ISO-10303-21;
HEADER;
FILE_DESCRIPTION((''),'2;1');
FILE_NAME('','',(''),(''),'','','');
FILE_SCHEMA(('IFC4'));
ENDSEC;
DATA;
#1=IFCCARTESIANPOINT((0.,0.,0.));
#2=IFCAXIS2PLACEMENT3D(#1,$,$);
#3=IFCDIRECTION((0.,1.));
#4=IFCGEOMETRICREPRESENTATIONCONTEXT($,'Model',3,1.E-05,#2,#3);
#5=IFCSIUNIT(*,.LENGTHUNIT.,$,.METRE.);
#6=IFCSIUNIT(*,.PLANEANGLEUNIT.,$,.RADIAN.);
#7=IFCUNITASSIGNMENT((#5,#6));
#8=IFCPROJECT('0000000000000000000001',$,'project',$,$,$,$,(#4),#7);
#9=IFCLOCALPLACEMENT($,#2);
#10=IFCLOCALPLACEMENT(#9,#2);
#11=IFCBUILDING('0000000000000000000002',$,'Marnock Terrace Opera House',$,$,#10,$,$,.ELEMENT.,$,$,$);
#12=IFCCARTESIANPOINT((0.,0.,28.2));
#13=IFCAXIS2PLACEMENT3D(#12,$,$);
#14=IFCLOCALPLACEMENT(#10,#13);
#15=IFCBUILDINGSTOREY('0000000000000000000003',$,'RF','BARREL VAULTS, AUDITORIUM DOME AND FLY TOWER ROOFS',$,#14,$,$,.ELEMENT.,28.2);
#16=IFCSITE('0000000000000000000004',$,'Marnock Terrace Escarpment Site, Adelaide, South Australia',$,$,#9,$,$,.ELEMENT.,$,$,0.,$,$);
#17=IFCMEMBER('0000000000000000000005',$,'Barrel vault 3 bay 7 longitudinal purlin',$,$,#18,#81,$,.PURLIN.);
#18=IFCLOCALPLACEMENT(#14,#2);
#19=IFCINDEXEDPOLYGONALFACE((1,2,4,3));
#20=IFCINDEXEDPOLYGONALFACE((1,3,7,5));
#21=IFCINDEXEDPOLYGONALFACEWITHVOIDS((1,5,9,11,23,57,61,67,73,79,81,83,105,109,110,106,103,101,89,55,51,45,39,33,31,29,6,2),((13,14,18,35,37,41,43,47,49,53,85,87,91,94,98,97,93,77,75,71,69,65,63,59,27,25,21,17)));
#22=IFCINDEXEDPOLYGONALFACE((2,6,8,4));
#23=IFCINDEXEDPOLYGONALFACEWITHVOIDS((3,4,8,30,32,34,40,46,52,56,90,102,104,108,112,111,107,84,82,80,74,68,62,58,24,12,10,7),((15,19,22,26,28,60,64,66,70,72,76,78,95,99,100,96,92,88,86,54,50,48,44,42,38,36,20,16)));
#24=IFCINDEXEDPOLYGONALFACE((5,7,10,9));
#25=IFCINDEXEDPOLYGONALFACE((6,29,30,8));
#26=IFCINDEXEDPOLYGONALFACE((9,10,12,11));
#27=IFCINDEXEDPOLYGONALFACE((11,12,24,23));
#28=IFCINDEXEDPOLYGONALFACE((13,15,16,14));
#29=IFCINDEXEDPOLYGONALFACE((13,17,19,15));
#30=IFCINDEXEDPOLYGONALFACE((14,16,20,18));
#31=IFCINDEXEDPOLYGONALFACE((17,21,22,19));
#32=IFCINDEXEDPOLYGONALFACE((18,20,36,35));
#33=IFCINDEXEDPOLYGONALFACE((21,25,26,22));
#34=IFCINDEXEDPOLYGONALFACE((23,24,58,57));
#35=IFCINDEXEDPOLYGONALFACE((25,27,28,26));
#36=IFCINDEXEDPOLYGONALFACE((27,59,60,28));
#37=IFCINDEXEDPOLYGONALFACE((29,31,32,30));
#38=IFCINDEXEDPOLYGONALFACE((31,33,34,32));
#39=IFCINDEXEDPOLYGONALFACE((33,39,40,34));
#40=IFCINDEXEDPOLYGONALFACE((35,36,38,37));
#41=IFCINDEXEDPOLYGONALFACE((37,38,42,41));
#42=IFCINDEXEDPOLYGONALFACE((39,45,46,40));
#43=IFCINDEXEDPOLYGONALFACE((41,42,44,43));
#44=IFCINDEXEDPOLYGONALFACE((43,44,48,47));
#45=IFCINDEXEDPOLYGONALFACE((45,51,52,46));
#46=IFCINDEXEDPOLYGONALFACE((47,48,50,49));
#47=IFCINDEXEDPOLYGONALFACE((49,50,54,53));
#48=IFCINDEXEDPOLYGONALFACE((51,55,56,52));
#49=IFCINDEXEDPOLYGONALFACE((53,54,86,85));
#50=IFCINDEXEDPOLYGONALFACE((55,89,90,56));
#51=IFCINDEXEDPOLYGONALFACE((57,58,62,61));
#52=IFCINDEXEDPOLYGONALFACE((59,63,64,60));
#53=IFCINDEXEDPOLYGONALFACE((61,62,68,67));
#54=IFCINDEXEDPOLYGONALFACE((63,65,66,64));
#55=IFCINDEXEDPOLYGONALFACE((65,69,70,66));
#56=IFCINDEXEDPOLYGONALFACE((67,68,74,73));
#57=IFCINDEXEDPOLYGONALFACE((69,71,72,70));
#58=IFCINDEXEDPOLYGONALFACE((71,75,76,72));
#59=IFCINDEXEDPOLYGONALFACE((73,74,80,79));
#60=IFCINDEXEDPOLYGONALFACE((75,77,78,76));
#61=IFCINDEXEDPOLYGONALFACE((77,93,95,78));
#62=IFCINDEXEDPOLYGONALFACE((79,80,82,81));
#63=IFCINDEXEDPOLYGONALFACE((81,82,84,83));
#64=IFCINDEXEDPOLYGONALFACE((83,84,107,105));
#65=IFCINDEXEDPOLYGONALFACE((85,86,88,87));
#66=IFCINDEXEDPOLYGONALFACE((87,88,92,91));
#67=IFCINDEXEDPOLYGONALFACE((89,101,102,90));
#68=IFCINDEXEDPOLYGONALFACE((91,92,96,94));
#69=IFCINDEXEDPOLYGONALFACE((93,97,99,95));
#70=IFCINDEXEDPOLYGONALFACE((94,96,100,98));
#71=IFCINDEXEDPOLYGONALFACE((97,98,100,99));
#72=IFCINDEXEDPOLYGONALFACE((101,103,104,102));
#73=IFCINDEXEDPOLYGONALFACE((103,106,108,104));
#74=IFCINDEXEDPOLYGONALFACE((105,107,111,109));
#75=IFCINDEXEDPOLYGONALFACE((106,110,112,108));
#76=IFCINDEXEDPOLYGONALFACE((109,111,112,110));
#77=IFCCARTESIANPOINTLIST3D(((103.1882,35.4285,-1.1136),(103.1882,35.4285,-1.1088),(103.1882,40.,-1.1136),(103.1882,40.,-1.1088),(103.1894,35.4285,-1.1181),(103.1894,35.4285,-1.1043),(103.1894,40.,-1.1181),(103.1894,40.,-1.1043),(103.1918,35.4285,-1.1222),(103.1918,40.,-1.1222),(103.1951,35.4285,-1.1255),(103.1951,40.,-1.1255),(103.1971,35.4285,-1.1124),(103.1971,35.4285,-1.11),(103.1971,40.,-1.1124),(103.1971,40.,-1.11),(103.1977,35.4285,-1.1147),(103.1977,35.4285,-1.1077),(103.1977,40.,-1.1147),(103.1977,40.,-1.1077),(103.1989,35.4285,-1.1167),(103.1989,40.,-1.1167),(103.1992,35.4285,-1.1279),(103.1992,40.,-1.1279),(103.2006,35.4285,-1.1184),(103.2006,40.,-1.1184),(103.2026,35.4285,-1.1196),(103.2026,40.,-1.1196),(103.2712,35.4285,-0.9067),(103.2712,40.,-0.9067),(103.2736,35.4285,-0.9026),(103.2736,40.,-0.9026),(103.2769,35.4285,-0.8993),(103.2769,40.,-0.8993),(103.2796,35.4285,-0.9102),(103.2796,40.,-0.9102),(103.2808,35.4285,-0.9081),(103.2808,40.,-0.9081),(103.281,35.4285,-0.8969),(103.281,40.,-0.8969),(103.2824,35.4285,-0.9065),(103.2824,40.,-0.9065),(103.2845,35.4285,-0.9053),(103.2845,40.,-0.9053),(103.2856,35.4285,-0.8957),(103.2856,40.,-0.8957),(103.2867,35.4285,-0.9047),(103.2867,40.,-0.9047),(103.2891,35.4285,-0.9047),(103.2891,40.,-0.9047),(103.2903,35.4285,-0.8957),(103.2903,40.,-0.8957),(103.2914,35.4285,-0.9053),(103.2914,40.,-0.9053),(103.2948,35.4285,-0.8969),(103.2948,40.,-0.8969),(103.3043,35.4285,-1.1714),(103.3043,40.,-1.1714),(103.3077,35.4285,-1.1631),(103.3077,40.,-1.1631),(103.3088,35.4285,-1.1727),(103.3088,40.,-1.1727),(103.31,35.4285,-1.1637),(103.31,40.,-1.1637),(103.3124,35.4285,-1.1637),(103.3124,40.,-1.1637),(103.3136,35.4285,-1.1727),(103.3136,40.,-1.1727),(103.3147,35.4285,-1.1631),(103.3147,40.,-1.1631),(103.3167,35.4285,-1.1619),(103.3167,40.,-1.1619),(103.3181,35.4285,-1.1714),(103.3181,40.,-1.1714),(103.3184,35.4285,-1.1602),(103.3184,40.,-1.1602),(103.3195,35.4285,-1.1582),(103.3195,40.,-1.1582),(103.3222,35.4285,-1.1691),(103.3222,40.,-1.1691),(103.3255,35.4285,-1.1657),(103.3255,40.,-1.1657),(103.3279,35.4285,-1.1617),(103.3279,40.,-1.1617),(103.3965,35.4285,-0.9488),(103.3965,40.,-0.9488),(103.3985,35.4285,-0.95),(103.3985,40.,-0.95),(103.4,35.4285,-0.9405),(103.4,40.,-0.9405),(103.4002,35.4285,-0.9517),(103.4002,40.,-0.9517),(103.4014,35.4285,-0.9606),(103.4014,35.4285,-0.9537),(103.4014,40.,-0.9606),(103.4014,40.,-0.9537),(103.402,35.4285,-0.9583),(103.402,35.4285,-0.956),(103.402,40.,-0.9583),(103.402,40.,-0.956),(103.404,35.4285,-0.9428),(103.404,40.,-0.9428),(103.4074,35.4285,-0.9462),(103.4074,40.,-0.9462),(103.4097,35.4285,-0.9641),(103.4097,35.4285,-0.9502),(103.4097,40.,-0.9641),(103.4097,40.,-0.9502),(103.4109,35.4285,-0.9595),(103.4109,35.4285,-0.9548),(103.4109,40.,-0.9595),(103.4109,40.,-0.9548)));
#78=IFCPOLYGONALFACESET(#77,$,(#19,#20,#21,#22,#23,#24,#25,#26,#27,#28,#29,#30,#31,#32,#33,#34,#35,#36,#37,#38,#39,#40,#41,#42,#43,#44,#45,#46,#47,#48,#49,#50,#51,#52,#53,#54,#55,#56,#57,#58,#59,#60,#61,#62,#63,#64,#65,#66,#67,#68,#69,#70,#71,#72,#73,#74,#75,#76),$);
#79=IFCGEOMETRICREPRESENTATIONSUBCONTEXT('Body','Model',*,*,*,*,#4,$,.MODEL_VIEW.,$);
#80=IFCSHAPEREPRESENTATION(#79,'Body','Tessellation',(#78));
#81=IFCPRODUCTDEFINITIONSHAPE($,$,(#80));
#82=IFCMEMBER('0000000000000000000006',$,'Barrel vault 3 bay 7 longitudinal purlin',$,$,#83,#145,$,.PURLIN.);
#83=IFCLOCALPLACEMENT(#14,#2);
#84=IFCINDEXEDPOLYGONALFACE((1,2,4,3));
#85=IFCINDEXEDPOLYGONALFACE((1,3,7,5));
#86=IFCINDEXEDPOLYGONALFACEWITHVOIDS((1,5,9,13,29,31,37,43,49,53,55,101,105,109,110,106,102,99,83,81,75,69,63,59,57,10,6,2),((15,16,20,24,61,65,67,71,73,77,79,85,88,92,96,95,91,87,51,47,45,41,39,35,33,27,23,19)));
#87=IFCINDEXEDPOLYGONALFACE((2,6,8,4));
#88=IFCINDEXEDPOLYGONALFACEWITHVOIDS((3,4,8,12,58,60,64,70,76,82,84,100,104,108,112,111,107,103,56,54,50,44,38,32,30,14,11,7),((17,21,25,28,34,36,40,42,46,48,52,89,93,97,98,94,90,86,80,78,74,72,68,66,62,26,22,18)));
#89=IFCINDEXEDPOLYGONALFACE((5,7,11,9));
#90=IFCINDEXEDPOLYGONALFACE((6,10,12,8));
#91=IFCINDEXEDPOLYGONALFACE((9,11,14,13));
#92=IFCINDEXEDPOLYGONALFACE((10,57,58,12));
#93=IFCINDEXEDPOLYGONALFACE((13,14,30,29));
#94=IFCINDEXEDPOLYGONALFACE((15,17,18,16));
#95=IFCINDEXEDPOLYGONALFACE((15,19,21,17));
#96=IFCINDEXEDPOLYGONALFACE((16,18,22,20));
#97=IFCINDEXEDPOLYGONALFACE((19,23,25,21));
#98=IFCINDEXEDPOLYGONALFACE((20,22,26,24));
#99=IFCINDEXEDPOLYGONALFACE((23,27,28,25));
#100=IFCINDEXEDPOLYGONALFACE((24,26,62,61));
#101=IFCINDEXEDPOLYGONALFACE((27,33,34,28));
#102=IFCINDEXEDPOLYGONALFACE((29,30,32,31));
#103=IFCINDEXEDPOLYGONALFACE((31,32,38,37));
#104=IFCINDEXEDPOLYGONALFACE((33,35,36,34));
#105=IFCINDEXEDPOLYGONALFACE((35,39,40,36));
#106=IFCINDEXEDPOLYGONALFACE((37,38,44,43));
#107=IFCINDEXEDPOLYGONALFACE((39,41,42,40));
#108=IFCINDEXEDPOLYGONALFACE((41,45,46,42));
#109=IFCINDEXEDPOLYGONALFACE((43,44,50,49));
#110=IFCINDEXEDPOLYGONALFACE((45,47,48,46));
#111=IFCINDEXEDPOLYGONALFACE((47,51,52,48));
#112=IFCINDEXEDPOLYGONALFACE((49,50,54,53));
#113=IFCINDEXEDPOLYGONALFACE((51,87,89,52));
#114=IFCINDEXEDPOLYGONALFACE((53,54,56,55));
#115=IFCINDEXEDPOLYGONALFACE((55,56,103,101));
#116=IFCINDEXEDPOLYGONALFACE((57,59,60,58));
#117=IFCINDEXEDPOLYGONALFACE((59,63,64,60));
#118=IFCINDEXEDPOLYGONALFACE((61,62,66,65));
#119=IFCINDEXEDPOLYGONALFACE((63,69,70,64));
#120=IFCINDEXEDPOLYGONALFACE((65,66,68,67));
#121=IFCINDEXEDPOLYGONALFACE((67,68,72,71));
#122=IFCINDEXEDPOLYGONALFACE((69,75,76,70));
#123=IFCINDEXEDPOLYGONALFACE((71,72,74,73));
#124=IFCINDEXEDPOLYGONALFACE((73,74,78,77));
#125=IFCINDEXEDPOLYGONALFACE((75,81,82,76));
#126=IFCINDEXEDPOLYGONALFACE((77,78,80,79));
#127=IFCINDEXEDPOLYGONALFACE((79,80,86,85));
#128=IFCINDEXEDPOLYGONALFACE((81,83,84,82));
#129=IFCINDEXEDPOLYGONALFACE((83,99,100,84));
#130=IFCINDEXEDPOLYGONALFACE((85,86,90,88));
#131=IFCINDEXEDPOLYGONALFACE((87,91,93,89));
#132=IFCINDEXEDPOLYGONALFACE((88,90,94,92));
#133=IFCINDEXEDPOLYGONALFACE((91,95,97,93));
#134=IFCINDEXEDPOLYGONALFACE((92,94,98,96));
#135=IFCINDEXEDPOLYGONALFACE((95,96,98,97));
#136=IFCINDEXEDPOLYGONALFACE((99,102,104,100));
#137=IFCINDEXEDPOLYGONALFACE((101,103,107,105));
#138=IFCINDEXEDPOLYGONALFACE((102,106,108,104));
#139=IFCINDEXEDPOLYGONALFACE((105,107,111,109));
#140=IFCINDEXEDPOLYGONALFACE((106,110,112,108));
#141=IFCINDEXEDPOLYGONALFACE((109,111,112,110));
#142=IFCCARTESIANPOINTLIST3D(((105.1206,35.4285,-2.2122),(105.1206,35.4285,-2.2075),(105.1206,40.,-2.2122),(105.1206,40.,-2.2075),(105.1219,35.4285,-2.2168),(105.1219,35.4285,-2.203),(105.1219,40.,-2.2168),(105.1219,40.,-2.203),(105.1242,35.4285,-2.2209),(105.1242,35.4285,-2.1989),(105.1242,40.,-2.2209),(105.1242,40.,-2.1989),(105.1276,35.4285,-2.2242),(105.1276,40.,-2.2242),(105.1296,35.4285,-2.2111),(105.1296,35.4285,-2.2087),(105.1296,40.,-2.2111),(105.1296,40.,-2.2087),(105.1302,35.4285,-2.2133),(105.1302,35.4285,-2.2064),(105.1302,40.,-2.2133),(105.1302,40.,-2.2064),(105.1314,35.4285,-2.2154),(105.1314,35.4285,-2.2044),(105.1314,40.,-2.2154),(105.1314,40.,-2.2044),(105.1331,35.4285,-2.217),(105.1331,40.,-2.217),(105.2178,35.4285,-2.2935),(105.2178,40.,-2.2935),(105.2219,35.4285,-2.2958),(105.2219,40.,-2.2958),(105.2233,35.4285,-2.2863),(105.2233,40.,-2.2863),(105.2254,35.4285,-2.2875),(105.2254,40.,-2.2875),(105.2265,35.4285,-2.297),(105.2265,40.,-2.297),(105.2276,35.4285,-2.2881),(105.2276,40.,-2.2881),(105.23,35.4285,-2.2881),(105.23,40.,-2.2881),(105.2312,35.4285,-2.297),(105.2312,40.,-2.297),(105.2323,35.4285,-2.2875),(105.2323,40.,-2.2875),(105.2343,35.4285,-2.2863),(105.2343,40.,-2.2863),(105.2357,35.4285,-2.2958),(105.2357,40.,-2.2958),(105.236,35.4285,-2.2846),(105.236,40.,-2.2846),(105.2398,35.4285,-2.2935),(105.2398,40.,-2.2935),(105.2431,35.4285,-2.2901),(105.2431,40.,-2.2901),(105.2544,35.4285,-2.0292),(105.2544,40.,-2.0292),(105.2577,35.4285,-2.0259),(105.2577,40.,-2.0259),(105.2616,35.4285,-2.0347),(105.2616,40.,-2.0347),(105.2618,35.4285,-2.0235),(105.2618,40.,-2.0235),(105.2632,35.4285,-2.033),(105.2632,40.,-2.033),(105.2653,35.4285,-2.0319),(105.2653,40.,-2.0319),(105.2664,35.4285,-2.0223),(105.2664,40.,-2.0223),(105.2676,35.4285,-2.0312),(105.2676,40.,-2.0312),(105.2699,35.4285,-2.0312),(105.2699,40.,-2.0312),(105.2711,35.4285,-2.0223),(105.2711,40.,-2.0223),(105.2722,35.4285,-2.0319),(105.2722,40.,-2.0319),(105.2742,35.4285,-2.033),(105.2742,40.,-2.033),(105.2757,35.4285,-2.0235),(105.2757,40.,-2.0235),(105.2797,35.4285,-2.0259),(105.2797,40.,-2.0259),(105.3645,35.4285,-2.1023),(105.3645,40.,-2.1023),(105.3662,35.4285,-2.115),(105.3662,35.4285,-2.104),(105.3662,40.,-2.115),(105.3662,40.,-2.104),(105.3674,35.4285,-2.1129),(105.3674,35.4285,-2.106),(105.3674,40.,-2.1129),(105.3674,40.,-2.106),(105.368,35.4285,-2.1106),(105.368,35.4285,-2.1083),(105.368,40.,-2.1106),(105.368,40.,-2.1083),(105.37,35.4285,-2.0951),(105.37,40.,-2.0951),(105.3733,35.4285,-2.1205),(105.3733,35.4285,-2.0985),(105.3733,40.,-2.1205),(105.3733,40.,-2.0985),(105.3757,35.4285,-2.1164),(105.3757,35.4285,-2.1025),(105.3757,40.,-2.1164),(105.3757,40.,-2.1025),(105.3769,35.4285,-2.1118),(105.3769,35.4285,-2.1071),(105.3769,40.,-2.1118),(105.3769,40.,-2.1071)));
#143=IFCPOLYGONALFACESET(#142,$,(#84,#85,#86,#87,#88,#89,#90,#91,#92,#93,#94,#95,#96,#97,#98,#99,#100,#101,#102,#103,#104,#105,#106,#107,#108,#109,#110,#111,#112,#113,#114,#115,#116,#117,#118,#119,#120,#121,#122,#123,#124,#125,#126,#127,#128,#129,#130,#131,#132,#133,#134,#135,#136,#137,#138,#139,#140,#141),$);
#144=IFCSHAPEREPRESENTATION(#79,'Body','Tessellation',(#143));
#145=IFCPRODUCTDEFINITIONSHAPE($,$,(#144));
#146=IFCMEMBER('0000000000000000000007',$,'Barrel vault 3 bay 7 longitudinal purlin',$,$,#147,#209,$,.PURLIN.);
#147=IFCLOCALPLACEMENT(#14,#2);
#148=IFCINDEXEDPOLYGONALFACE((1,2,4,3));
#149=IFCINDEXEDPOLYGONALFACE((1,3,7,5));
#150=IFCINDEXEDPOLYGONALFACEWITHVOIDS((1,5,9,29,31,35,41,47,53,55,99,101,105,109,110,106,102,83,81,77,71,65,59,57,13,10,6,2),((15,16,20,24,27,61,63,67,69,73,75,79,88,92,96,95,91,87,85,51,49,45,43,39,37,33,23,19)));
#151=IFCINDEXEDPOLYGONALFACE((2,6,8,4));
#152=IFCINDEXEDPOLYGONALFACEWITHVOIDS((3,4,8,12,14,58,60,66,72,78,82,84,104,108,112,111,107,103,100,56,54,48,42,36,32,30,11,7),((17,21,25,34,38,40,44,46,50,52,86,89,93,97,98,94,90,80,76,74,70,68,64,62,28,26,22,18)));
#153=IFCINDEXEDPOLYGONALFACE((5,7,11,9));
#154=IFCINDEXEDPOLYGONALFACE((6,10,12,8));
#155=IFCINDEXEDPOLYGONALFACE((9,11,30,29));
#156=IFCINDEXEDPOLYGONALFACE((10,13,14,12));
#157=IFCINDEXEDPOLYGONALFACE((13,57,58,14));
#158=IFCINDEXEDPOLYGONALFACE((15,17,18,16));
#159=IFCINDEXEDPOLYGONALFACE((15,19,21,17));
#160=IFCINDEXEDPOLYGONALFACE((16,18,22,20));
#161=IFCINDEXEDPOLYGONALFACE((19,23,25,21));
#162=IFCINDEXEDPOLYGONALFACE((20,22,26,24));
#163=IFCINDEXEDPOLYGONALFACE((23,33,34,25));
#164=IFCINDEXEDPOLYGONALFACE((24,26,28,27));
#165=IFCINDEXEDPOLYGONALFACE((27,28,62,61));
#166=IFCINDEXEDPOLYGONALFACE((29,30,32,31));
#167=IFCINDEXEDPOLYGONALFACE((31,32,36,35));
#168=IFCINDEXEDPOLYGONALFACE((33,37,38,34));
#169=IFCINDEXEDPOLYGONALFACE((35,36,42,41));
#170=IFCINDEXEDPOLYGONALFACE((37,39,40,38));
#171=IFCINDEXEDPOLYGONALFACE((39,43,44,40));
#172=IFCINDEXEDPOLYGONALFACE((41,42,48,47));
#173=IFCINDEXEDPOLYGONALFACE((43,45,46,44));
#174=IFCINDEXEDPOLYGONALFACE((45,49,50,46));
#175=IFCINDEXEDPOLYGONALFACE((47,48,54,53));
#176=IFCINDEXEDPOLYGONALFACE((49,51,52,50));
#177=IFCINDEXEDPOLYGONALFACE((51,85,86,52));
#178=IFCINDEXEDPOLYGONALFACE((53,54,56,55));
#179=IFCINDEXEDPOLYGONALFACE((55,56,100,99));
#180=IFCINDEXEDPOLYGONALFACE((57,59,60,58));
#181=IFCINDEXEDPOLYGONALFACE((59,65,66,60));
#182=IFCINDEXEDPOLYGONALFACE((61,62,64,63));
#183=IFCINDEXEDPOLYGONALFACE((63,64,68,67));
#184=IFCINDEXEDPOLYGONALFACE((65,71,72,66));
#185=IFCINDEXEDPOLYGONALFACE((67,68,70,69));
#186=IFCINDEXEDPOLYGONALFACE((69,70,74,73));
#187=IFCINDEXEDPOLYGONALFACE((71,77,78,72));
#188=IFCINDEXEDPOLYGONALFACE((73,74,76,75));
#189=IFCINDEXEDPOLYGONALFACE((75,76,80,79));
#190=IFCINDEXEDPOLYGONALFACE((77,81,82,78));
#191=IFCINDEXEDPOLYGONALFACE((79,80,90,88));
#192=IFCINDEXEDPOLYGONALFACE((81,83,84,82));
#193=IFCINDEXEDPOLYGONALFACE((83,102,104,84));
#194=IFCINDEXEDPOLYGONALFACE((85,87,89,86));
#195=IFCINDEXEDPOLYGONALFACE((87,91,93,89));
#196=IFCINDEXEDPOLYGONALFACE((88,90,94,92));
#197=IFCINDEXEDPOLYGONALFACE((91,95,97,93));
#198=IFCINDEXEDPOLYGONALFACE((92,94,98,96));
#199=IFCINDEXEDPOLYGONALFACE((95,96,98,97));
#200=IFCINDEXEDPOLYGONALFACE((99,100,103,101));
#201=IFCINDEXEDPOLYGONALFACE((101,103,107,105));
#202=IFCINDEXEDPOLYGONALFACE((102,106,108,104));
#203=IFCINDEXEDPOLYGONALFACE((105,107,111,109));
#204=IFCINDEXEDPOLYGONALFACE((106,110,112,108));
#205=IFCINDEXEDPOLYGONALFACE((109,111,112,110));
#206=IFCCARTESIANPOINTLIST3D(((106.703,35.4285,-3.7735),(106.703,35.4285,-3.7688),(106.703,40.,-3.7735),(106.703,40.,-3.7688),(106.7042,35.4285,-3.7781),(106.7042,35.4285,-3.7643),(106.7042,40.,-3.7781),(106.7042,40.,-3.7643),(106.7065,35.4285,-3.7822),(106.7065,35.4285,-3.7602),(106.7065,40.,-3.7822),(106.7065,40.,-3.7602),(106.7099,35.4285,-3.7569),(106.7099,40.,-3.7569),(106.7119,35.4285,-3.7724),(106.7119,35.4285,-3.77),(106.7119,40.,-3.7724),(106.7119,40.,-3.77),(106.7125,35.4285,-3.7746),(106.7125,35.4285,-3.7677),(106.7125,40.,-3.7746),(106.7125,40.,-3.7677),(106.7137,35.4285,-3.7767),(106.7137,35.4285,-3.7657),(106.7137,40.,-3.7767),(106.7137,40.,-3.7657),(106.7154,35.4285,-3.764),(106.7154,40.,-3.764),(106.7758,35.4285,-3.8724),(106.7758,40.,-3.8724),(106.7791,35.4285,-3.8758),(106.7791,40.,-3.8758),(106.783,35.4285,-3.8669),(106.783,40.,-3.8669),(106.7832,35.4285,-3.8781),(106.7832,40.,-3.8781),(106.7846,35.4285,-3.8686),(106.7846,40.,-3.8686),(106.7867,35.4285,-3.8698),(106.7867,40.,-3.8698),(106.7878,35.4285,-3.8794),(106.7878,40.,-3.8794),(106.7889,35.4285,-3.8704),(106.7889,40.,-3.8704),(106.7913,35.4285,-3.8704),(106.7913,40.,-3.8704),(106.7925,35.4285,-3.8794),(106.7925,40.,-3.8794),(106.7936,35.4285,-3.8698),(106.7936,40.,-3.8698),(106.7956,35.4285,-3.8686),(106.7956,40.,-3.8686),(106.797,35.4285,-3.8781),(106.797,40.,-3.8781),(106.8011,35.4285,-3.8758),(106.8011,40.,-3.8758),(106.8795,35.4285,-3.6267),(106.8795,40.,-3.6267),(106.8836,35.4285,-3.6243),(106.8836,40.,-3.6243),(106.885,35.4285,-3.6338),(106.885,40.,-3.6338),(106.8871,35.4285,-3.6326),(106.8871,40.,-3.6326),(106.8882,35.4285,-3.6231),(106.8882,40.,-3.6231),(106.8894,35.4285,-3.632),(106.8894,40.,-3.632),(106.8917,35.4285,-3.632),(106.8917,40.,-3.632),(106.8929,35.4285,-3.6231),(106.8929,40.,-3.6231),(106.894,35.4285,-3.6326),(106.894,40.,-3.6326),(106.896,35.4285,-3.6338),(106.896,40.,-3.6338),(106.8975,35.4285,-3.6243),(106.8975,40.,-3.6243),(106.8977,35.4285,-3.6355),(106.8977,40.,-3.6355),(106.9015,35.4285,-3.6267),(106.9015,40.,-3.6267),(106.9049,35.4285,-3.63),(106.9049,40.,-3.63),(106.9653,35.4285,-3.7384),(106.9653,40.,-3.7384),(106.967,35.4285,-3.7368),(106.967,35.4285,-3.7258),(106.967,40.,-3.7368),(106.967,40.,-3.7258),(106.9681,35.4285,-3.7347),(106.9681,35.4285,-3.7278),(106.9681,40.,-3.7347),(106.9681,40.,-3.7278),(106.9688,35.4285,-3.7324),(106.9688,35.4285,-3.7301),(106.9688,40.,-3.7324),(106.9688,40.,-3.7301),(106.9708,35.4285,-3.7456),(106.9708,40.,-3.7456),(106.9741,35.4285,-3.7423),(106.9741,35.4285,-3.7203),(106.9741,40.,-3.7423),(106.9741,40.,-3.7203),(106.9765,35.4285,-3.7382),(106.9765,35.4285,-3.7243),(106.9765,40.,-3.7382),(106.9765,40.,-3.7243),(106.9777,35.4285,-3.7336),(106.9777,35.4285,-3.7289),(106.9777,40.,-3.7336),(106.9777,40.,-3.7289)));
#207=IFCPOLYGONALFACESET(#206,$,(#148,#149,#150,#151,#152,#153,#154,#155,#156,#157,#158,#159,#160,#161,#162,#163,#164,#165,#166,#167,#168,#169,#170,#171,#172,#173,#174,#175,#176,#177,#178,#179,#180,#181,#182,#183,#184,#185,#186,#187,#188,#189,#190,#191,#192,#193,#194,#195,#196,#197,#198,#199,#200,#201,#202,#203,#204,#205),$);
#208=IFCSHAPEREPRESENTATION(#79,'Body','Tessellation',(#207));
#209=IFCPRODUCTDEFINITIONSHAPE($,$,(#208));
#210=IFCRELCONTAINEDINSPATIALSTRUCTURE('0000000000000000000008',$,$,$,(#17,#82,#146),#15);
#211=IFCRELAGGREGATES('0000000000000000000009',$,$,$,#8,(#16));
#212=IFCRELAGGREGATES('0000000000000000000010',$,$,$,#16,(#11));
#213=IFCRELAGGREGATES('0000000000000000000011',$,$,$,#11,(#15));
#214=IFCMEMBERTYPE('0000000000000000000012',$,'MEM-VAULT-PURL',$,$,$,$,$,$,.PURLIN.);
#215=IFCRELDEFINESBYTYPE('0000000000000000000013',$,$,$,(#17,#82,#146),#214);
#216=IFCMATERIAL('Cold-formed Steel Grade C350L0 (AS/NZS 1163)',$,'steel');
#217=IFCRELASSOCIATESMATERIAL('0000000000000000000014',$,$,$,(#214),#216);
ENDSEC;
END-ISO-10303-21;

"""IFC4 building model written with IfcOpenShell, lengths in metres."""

from ifc_helpers import new_model, si_unit, direction, frame, origin, origin_2d, place, context, subcontext, project, spatial, hollow_rectangle, extrude, material, material_profile, profile_set, type_object, element, save


model = new_model("IFC4")

# Units and contexts
model_context = context("Model", 3, precision=1e-05, world=origin(), true_north=direction((0.0, 1.0)))
body_context = subcontext(model_context, "Body", "Model", "MODEL_VIEW")
ifc_project = project(units=[si_unit("LENGTHUNIT", "METRE"), si_unit("PLANEANGLEUNIT", "RADIAN")], contexts=[model_context])

# Site, building, storey
site_placement = place(None, origin())
site = spatial("IfcSite", under=ifc_project, at=site_placement, Name="Marnock Terrace Escarpment Site, Adelaide, South Australia", CompositionType="ELEMENT", RefElevation=0.0)
building_placement = place(site_placement, origin())
building = spatial("IfcBuilding", under=site, at=building_placement, Name="Marnock Terrace Opera House", CompositionType="ELEMENT")
storey_placement = place(building_placement, frame((0.0, 0.0, 28.2)))
storey = spatial("IfcBuildingStorey", under=building, at=storey_placement, Name="RF", Description="BARREL VAULTS, AUDITORIUM DOME AND FLY TOWER ROOFS", CompositionType="ELEMENT", Elevation=28.2)

# Members
ifc_material_1 = material(Name="Cold-formed Steel Grade C350L0 (AS/NZS 1163)", Category="steel")
ifc_material_profile_1 = material_profile(ifc_material_1, hollow_rectangle(XDim=0.1499, YDim=0.25, WallThickness=0.009, InnerFilletRadius=0.009, OuterFilletRadius=0.0181, at=origin_2d()))
ifc_profile_set_1 = profile_set([ifc_material_profile_1], Name="Cold-formed Steel Grade C350L0 (AS/NZS 1163)")
member_type_1 = type_object("IfcMemberType", Name="MEM-VAULT-PURL", PredefinedType="PURLIN", material=ifc_profile_set_1)
for number, where, z_axis, x_axis, name in (
    (1, (103.2996, 35.4285, -1.0342), (0.0, 1.0, 0.0), (-0.92388, 0.0, 0.382683), "Barrel vault 3 bay 7 longitudinal purlin"),
    (2, (105.2488, 35.4285, -2.1597), (0.0, 1.0, 0.0), (-0.793353, 0.0, 0.608761), "Barrel vault 3 bay 7 longitudinal purlin"),
    (3, (106.8403, 35.4285, -3.7512), (0.0, 1.0, 0.0), (-0.608761, 0.0, 0.793353), "Barrel vault 3 bay 7 longitudinal purlin"),
):
    element("IfcMember", number, at=place(storey_placement, frame(where, z_axis=z_axis, x_axis=x_axis)), inside=storey, type_object=member_type_1, Name=name, PredefinedType="PURLIN", context=body_context, shape_type="SweptSolid", body=[
        extrude(hollow_rectangle(XDim=0.1499, YDim=0.25, WallThickness=0.009, InnerFilletRadius=0.009, OuterFilletRadius=0.0181, at=origin_2d()), origin(), (0.0, 0.0, 1.0), 4.5715),
    ])

save(model, "model.ifc")
